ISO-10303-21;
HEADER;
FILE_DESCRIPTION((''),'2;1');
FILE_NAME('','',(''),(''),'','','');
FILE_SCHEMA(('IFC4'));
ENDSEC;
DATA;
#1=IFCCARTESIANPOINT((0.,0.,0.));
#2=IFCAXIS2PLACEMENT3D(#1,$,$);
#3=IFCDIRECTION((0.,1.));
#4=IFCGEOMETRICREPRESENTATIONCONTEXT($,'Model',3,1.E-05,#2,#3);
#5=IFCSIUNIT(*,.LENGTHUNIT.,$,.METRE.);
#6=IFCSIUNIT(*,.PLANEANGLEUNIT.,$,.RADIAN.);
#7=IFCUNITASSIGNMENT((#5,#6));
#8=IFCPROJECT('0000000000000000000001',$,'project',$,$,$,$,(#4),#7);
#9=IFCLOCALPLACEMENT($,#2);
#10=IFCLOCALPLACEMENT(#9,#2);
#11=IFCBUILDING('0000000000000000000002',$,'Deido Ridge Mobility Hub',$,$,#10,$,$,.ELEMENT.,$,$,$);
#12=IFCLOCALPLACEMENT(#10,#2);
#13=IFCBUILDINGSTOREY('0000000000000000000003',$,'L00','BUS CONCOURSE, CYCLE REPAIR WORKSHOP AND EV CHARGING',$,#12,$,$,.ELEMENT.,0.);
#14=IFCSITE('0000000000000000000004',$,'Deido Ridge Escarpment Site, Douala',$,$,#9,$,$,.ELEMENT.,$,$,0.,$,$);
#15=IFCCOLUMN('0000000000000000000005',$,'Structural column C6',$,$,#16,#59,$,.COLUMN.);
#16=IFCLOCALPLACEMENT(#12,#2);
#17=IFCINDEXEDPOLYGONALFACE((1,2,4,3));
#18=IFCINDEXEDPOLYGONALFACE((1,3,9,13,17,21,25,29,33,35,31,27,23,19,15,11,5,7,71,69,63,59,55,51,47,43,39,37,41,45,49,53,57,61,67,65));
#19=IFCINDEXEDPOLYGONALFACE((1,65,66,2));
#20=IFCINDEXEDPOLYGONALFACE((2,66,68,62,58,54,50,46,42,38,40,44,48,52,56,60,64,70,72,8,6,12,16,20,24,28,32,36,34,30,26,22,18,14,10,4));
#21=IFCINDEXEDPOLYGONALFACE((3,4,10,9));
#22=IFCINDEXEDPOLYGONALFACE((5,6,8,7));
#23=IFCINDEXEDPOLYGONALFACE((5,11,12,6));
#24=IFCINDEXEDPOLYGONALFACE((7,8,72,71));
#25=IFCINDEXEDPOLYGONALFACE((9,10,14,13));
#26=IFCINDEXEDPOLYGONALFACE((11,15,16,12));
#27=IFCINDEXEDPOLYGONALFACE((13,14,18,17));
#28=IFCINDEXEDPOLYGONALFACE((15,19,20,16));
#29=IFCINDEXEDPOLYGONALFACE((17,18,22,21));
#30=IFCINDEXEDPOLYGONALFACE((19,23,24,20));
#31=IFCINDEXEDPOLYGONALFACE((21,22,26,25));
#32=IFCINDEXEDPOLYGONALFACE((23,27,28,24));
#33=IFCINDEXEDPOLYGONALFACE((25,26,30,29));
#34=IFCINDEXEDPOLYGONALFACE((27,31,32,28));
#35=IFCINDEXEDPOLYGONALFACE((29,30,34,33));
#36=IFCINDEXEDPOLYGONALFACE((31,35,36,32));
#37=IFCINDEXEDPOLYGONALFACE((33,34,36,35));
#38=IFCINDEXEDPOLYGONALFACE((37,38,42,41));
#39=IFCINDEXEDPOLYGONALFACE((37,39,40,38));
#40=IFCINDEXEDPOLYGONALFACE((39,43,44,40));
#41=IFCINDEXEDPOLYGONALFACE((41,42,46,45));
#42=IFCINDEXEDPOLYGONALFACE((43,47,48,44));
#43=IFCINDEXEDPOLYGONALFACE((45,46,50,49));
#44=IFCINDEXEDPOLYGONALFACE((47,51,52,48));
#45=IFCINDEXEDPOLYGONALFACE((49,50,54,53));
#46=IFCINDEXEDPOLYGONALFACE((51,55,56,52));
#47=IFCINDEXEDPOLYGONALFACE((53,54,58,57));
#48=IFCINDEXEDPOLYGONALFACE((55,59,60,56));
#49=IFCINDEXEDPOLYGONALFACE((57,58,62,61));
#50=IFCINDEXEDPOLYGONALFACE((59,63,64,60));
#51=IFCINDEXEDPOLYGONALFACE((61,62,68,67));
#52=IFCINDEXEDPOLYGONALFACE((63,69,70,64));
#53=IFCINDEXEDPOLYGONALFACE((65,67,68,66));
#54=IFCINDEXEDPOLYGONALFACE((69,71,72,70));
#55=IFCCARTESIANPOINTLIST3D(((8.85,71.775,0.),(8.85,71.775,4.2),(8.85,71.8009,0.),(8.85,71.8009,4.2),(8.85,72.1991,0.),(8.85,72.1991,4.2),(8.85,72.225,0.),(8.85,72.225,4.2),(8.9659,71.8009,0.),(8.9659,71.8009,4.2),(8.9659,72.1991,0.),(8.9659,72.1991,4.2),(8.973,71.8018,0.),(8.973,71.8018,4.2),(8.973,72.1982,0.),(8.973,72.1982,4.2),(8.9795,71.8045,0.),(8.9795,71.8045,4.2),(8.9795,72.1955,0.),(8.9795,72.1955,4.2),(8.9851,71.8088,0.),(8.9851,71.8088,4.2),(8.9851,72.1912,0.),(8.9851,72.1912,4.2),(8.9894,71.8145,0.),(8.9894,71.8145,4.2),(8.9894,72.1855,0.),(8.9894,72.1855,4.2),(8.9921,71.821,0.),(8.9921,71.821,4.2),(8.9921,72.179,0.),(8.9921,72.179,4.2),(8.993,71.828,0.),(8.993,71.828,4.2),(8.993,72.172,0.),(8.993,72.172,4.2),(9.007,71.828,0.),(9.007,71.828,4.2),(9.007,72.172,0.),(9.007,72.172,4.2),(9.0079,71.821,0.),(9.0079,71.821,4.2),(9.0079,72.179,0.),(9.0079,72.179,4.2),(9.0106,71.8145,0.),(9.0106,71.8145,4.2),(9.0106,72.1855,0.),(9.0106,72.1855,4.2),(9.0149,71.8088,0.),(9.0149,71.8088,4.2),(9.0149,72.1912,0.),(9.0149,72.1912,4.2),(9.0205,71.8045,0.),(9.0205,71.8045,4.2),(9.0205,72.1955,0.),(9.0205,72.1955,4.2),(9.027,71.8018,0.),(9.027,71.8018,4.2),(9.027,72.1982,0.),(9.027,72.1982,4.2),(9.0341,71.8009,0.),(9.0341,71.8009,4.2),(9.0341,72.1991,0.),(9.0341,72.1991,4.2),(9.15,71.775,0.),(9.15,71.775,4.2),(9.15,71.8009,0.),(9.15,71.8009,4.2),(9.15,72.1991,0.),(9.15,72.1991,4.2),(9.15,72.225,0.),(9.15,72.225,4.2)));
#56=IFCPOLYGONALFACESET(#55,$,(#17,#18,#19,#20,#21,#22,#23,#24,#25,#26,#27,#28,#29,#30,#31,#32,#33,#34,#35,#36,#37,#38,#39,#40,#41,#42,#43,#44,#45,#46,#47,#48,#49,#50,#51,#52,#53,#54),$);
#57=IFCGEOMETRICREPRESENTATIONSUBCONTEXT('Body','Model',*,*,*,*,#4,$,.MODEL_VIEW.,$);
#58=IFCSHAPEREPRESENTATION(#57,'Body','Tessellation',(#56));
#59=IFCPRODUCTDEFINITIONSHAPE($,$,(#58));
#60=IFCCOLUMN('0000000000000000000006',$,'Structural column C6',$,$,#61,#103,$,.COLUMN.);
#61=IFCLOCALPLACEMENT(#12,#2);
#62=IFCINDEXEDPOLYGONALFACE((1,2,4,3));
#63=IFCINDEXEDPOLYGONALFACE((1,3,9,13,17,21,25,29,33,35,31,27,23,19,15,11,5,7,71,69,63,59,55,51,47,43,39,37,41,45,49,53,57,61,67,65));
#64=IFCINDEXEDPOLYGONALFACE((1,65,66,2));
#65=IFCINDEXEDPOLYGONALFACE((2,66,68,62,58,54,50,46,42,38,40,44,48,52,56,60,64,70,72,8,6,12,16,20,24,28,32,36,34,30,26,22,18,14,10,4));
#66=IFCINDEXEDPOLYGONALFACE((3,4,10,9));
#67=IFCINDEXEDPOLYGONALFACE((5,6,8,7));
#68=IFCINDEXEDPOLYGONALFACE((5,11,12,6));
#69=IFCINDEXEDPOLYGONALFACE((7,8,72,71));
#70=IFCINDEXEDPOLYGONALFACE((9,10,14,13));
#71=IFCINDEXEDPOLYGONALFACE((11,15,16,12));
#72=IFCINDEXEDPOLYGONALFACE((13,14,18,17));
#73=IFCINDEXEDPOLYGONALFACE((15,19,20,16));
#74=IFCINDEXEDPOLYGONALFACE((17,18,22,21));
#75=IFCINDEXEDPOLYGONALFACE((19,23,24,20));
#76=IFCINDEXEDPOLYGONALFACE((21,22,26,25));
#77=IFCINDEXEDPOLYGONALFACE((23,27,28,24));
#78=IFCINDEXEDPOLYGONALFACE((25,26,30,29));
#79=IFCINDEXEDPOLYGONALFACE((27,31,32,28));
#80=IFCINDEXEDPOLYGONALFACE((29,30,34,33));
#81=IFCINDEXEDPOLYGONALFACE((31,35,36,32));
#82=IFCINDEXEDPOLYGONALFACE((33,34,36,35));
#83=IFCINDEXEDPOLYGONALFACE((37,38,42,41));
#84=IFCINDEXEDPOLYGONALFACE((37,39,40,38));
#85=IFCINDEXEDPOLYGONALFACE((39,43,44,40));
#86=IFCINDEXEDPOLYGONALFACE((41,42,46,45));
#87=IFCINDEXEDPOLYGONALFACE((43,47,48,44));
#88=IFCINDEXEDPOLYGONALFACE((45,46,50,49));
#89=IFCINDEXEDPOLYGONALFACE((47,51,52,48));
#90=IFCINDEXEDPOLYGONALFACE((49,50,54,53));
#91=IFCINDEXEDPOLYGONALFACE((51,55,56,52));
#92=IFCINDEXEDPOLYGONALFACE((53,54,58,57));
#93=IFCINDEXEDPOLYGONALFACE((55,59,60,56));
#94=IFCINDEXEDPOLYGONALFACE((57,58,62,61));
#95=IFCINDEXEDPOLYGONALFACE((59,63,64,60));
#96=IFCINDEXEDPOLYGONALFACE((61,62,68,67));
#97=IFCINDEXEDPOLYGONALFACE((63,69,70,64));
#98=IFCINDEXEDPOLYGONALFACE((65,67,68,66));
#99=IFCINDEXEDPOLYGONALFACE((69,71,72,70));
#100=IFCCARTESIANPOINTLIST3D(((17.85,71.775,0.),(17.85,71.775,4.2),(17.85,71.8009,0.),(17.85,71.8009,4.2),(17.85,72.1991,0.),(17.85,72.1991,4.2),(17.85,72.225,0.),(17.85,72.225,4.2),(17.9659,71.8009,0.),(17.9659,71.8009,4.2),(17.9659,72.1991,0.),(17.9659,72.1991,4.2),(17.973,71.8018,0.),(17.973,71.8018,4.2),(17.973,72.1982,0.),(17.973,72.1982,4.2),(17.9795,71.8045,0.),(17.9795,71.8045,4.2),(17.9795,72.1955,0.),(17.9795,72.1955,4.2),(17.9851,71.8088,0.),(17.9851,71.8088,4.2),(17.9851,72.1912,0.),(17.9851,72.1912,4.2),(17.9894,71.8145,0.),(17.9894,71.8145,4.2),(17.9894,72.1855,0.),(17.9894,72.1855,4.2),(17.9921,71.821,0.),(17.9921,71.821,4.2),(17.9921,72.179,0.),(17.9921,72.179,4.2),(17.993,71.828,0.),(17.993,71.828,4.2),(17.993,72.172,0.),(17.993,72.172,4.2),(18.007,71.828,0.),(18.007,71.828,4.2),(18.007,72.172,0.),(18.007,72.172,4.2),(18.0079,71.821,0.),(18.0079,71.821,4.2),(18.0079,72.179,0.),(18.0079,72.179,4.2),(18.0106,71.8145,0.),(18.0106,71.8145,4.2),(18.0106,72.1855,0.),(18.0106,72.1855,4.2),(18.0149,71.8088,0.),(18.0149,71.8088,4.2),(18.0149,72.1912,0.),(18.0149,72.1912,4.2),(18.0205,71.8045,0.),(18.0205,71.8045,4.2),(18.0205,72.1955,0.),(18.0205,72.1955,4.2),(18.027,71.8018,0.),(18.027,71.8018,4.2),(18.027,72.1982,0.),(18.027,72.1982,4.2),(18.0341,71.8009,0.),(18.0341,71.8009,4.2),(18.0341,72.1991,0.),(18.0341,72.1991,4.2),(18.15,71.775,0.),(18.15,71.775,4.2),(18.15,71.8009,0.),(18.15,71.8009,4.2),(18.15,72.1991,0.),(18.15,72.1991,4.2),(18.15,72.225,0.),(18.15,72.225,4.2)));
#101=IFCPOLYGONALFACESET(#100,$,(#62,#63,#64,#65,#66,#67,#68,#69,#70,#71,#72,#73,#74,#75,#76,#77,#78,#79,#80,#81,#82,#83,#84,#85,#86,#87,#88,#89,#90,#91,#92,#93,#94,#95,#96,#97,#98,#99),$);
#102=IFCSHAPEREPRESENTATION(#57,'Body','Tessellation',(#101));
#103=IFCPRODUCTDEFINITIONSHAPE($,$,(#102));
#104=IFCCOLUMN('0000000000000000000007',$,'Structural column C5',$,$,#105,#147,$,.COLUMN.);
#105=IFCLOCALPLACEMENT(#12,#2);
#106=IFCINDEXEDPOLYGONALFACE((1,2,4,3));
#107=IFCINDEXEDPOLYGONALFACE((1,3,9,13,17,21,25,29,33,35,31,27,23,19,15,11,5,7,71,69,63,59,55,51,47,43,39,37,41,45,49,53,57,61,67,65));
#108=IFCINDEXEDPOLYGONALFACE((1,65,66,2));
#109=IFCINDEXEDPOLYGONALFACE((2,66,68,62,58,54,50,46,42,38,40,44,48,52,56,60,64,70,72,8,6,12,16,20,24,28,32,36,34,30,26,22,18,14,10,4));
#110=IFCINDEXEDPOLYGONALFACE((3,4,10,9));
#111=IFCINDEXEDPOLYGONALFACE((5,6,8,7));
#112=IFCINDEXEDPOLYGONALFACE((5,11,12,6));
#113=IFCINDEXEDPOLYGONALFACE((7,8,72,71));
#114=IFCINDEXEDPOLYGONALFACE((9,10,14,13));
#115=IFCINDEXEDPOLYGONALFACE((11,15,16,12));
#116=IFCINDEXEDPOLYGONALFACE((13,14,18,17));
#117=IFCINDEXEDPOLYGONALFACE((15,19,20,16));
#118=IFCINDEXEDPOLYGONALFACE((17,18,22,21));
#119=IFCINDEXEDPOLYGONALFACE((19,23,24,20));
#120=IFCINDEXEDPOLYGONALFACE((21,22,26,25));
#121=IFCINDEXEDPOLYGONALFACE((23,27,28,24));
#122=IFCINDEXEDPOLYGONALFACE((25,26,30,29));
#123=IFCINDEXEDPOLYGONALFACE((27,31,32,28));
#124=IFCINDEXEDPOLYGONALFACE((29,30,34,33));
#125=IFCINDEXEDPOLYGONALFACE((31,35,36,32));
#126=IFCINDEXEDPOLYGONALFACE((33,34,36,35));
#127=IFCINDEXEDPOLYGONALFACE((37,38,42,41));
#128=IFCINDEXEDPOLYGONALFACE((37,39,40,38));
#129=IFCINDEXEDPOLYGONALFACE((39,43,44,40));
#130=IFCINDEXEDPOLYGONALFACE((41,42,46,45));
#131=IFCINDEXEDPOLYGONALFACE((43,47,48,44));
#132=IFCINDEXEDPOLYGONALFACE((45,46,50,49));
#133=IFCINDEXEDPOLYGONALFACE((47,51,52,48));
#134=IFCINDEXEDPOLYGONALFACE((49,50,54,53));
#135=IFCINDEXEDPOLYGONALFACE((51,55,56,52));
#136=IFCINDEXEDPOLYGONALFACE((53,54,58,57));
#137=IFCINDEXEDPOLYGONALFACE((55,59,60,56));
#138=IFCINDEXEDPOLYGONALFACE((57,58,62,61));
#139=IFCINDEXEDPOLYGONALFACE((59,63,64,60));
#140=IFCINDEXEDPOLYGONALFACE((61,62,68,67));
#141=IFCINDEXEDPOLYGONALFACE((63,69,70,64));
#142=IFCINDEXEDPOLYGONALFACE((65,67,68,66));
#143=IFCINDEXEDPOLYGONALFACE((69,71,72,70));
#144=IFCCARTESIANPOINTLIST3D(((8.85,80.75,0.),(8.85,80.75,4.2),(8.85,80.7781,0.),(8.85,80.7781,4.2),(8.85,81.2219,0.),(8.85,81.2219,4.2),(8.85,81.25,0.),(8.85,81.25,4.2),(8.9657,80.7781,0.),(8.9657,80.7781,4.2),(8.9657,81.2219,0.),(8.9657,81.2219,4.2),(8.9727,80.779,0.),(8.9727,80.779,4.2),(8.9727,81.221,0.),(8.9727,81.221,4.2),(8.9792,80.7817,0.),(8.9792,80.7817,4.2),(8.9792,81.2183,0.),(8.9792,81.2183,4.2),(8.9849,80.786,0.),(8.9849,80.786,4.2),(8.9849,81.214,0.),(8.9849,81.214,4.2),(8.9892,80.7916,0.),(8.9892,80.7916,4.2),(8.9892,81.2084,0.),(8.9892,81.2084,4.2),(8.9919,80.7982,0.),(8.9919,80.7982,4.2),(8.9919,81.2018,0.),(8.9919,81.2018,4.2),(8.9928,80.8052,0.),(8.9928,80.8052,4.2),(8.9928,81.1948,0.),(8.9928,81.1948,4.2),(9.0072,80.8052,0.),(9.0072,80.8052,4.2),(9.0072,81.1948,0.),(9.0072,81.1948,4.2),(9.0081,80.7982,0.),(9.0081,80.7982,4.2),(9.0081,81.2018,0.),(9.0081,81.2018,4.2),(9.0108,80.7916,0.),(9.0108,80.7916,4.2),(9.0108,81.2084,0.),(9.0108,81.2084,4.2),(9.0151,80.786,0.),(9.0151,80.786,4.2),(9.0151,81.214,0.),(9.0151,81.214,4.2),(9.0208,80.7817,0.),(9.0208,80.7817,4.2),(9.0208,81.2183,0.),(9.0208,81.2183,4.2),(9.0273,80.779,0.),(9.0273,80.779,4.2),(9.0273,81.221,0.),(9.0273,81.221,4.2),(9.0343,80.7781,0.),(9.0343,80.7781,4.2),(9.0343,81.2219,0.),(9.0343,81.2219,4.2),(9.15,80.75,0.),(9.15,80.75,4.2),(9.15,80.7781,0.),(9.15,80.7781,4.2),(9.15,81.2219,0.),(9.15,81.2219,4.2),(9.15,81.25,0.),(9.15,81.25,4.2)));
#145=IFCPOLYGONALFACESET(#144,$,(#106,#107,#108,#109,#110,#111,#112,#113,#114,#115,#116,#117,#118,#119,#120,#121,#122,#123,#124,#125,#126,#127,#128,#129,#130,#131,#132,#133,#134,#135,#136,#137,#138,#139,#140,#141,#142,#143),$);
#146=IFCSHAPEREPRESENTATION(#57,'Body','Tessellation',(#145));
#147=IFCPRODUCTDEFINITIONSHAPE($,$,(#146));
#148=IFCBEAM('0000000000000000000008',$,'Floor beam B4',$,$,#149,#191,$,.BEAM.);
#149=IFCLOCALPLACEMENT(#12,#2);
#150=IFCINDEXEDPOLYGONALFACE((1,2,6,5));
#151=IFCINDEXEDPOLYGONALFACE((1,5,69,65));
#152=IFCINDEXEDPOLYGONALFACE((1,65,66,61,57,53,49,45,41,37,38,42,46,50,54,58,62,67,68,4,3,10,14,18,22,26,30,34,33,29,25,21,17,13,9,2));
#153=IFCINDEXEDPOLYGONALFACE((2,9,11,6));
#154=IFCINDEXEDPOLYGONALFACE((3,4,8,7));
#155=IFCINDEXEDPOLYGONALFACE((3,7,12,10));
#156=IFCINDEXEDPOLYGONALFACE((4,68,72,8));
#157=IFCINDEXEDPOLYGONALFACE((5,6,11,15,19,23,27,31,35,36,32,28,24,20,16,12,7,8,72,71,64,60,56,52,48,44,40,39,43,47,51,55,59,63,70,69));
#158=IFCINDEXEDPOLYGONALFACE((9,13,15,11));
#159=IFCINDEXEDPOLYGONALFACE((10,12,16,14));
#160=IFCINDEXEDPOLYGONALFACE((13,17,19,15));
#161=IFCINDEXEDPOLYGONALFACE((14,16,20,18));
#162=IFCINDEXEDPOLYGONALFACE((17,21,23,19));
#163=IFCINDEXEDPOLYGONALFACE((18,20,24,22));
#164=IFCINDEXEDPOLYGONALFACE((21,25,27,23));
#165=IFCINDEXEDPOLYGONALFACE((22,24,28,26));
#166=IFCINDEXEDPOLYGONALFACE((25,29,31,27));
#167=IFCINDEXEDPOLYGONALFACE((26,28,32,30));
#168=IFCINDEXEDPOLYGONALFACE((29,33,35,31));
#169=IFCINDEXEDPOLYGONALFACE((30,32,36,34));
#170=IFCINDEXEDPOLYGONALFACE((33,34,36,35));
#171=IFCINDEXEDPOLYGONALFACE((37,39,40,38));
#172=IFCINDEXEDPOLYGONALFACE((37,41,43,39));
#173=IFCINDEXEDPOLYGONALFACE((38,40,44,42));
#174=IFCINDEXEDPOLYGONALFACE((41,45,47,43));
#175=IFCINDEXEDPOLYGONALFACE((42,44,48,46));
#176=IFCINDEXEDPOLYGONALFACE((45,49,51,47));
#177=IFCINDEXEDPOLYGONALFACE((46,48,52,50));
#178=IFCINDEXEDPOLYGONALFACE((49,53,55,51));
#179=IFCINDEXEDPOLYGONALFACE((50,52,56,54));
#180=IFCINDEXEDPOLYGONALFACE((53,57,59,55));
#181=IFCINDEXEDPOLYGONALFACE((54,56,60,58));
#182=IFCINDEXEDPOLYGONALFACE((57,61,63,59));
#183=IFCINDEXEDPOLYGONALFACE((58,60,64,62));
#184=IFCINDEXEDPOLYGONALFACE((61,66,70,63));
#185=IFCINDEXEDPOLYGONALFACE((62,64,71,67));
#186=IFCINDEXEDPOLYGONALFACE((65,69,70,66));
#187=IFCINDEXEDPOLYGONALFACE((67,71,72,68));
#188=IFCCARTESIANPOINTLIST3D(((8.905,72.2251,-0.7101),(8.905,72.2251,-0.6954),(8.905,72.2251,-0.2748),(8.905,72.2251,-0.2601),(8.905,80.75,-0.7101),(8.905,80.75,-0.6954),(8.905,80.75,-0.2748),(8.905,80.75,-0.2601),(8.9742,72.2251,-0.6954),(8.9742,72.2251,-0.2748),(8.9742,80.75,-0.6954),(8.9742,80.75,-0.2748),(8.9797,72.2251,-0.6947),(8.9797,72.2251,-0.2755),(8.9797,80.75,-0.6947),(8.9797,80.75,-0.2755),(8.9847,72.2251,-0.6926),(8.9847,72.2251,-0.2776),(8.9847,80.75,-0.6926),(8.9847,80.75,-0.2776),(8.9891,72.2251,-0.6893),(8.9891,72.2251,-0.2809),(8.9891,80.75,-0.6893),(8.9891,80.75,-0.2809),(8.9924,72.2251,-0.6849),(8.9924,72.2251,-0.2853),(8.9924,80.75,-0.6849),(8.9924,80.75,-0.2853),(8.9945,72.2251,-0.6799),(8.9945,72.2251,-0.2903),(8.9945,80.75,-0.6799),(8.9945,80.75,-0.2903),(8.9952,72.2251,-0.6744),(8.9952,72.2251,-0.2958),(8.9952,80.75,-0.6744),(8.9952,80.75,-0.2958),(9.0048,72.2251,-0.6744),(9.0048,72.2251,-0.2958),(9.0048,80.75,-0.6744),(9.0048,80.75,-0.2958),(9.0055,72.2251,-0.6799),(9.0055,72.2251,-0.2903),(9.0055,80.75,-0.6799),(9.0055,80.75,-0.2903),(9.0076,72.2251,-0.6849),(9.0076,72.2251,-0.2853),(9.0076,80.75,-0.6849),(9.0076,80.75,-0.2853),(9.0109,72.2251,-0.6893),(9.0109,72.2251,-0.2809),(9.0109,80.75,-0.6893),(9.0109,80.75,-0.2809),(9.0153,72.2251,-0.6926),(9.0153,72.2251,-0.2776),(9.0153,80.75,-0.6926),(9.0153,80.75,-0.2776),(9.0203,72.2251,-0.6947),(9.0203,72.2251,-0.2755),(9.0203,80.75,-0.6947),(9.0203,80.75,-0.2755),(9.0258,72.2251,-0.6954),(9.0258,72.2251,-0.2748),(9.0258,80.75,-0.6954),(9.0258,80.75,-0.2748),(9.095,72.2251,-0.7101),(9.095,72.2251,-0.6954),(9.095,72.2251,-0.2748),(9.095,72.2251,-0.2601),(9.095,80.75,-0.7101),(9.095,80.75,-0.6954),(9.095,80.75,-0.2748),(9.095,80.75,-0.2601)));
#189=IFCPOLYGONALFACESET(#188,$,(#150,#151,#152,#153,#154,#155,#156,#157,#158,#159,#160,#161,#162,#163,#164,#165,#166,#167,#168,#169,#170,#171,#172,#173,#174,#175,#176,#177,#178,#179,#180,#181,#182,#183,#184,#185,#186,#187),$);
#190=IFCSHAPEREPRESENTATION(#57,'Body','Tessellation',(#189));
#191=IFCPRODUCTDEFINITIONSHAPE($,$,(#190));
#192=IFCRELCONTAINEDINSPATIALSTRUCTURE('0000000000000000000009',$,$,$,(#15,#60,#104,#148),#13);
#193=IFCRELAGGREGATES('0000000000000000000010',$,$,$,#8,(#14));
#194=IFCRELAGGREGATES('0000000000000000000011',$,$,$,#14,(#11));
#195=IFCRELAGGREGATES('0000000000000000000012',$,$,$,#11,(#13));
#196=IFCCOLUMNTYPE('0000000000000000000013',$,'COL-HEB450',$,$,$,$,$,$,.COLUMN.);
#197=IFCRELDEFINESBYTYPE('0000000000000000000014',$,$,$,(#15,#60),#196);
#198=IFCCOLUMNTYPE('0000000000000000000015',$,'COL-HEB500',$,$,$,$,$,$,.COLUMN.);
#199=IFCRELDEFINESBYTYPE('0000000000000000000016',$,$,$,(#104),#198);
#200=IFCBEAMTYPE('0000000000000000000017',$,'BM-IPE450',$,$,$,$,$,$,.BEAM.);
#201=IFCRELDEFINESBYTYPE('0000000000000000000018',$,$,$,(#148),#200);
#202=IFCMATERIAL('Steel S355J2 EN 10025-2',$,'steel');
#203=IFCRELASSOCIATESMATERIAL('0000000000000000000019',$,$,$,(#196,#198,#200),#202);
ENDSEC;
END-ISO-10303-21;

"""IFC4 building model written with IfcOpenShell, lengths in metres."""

from ifc_helpers import new_model, si_unit, direction, frame, origin, origin_2d, place, context, subcontext, project, spatial, i_section, extrude, material, material_profile, profile_set, type_object, element, save


model = new_model("IFC4")

# Units and contexts
model_context = context("Model", 3, precision=1e-05, world=origin(), true_north=direction((0.0, 1.0)))
body_context = subcontext(model_context, "Body", "Model", "MODEL_VIEW")
ifc_project = project(units=[si_unit("LENGTHUNIT", "METRE"), si_unit("PLANEANGLEUNIT", "RADIAN")], contexts=[model_context])

# Site, building, storey
site_placement = place(None, origin())
site = spatial("IfcSite", under=ifc_project, at=site_placement, Name="Deido Ridge Escarpment Site, Douala", CompositionType="ELEMENT", RefElevation=0.0)
building_placement = place(site_placement, origin())
building = spatial("IfcBuilding", under=site, at=building_placement, Name="Deido Ridge Mobility Hub", CompositionType="ELEMENT")
storey_placement = place(building_placement, origin())
storey = spatial("IfcBuildingStorey", under=building, at=storey_placement, Name="L00", Description="BUS CONCOURSE, CYCLE REPAIR WORKSHOP AND EV CHARGING", CompositionType="ELEMENT", Elevation=0.0)

# Columns
ifc_material_1 = material(Name="Steel S355J2 EN 10025-2", Category="steel")
ifc_material_profile_1 = material_profile(ifc_material_1, i_section(OverallWidth=0.3, OverallDepth=0.45, WebThickness=0.0139, FlangeThickness=0.0259, FilletRadius=0.0271, at=origin_2d()), Name="HEB 450")
ifc_profile_set_1 = profile_set([ifc_material_profile_1], Name="Steel S355J2 EN 10025-2")
column_type_1 = type_object("IfcColumnType", Name="COL-HEB450", PredefinedType="COLUMN", material=ifc_profile_set_1)
for number, where, z_axis, x_axis, name in (
    (1, (9.0, 72.0, 0.0), (0.0, 0.0, 1.0), (1.0, 0.0, 0.0), "Structural column C6"),
    (2, (18.0, 72.0, 0.0), (0.0, 0.0, 1.0), (1.0, 0.0, 0.0), "Structural column C6"),
):
    element("IfcColumn", number, at=place(storey_placement, frame(where, z_axis=z_axis, x_axis=x_axis)), inside=storey, type_object=column_type_1, Name=name, PredefinedType="COLUMN", context=body_context, shape_type="SweptSolid", body=[
        extrude(i_section(OverallWidth=0.3, OverallDepth=0.45, WebThickness=0.0139, FlangeThickness=0.0259, FilletRadius=0.0271, at=origin_2d()), origin(), (0.0, 0.0, 1.0), 4.2),
    ])
ifc_material_profile_2 = material_profile(ifc_material_1, i_section(OverallWidth=0.3, OverallDepth=0.5, WebThickness=0.0144, FlangeThickness=0.0281, FilletRadius=0.0271, at=origin_2d()), Name="HEB 500")
ifc_profile_set_2 = profile_set([ifc_material_profile_2], Name="Steel S355J2 EN 10025-2")
column_type_2 = type_object("IfcColumnType", Name="COL-HEB500", PredefinedType="COLUMN", material=ifc_profile_set_2)
column_placement = place(storey_placement, frame((9.0, 81.0, 0.0), z_axis=(0.0, 0.0, 1.0), x_axis=(1.0, 0.0, 0.0)))
element("IfcColumn", 3, at=column_placement, inside=storey, type_object=column_type_2, Name="Structural column C5", PredefinedType="COLUMN", context=body_context, shape_type="SweptSolid", body=[
    extrude(i_section(OverallWidth=0.3, OverallDepth=0.5, WebThickness=0.0144, FlangeThickness=0.0281, FilletRadius=0.0271, at=origin_2d()), origin(), (0.0, 0.0, 1.0), 4.2),
])

# Beam
ifc_material_profile_3 = material_profile(ifc_material_1, i_section(OverallWidth=0.1899, OverallDepth=0.45, WebThickness=0.0095, FlangeThickness=0.0146, FilletRadius=0.021, at=origin_2d()), Name="IPE 450")
ifc_profile_set_3 = profile_set([ifc_material_profile_3], Name="Steel S355J2 EN 10025-2")
beam_type_1 = type_object("IfcBeamType", Name="BM-IPE450", PredefinedType="BEAM", material=ifc_profile_set_3)
for number, where, z_axis, x_axis, name in (
    (4, (9.0, 72.2251, -0.4851), (0.0, 1.0, 0.0), (-1.0, 0.0, 0.0), "Floor beam B4"),
):
    element("IfcBeam", number, at=place(storey_placement, frame(where, z_axis=z_axis, x_axis=x_axis)), inside=storey, type_object=beam_type_1, Name=name, PredefinedType="BEAM", context=body_context, shape_type="SweptSolid", body=[
        extrude(i_section(OverallWidth=0.1899, OverallDepth=0.45, WebThickness=0.0095, FlangeThickness=0.0146, FilletRadius=0.021, at=origin_2d()), origin(), (0.0, 0.0, 1.0), 8.5249),
    ])

save(model, "model.ifc")
